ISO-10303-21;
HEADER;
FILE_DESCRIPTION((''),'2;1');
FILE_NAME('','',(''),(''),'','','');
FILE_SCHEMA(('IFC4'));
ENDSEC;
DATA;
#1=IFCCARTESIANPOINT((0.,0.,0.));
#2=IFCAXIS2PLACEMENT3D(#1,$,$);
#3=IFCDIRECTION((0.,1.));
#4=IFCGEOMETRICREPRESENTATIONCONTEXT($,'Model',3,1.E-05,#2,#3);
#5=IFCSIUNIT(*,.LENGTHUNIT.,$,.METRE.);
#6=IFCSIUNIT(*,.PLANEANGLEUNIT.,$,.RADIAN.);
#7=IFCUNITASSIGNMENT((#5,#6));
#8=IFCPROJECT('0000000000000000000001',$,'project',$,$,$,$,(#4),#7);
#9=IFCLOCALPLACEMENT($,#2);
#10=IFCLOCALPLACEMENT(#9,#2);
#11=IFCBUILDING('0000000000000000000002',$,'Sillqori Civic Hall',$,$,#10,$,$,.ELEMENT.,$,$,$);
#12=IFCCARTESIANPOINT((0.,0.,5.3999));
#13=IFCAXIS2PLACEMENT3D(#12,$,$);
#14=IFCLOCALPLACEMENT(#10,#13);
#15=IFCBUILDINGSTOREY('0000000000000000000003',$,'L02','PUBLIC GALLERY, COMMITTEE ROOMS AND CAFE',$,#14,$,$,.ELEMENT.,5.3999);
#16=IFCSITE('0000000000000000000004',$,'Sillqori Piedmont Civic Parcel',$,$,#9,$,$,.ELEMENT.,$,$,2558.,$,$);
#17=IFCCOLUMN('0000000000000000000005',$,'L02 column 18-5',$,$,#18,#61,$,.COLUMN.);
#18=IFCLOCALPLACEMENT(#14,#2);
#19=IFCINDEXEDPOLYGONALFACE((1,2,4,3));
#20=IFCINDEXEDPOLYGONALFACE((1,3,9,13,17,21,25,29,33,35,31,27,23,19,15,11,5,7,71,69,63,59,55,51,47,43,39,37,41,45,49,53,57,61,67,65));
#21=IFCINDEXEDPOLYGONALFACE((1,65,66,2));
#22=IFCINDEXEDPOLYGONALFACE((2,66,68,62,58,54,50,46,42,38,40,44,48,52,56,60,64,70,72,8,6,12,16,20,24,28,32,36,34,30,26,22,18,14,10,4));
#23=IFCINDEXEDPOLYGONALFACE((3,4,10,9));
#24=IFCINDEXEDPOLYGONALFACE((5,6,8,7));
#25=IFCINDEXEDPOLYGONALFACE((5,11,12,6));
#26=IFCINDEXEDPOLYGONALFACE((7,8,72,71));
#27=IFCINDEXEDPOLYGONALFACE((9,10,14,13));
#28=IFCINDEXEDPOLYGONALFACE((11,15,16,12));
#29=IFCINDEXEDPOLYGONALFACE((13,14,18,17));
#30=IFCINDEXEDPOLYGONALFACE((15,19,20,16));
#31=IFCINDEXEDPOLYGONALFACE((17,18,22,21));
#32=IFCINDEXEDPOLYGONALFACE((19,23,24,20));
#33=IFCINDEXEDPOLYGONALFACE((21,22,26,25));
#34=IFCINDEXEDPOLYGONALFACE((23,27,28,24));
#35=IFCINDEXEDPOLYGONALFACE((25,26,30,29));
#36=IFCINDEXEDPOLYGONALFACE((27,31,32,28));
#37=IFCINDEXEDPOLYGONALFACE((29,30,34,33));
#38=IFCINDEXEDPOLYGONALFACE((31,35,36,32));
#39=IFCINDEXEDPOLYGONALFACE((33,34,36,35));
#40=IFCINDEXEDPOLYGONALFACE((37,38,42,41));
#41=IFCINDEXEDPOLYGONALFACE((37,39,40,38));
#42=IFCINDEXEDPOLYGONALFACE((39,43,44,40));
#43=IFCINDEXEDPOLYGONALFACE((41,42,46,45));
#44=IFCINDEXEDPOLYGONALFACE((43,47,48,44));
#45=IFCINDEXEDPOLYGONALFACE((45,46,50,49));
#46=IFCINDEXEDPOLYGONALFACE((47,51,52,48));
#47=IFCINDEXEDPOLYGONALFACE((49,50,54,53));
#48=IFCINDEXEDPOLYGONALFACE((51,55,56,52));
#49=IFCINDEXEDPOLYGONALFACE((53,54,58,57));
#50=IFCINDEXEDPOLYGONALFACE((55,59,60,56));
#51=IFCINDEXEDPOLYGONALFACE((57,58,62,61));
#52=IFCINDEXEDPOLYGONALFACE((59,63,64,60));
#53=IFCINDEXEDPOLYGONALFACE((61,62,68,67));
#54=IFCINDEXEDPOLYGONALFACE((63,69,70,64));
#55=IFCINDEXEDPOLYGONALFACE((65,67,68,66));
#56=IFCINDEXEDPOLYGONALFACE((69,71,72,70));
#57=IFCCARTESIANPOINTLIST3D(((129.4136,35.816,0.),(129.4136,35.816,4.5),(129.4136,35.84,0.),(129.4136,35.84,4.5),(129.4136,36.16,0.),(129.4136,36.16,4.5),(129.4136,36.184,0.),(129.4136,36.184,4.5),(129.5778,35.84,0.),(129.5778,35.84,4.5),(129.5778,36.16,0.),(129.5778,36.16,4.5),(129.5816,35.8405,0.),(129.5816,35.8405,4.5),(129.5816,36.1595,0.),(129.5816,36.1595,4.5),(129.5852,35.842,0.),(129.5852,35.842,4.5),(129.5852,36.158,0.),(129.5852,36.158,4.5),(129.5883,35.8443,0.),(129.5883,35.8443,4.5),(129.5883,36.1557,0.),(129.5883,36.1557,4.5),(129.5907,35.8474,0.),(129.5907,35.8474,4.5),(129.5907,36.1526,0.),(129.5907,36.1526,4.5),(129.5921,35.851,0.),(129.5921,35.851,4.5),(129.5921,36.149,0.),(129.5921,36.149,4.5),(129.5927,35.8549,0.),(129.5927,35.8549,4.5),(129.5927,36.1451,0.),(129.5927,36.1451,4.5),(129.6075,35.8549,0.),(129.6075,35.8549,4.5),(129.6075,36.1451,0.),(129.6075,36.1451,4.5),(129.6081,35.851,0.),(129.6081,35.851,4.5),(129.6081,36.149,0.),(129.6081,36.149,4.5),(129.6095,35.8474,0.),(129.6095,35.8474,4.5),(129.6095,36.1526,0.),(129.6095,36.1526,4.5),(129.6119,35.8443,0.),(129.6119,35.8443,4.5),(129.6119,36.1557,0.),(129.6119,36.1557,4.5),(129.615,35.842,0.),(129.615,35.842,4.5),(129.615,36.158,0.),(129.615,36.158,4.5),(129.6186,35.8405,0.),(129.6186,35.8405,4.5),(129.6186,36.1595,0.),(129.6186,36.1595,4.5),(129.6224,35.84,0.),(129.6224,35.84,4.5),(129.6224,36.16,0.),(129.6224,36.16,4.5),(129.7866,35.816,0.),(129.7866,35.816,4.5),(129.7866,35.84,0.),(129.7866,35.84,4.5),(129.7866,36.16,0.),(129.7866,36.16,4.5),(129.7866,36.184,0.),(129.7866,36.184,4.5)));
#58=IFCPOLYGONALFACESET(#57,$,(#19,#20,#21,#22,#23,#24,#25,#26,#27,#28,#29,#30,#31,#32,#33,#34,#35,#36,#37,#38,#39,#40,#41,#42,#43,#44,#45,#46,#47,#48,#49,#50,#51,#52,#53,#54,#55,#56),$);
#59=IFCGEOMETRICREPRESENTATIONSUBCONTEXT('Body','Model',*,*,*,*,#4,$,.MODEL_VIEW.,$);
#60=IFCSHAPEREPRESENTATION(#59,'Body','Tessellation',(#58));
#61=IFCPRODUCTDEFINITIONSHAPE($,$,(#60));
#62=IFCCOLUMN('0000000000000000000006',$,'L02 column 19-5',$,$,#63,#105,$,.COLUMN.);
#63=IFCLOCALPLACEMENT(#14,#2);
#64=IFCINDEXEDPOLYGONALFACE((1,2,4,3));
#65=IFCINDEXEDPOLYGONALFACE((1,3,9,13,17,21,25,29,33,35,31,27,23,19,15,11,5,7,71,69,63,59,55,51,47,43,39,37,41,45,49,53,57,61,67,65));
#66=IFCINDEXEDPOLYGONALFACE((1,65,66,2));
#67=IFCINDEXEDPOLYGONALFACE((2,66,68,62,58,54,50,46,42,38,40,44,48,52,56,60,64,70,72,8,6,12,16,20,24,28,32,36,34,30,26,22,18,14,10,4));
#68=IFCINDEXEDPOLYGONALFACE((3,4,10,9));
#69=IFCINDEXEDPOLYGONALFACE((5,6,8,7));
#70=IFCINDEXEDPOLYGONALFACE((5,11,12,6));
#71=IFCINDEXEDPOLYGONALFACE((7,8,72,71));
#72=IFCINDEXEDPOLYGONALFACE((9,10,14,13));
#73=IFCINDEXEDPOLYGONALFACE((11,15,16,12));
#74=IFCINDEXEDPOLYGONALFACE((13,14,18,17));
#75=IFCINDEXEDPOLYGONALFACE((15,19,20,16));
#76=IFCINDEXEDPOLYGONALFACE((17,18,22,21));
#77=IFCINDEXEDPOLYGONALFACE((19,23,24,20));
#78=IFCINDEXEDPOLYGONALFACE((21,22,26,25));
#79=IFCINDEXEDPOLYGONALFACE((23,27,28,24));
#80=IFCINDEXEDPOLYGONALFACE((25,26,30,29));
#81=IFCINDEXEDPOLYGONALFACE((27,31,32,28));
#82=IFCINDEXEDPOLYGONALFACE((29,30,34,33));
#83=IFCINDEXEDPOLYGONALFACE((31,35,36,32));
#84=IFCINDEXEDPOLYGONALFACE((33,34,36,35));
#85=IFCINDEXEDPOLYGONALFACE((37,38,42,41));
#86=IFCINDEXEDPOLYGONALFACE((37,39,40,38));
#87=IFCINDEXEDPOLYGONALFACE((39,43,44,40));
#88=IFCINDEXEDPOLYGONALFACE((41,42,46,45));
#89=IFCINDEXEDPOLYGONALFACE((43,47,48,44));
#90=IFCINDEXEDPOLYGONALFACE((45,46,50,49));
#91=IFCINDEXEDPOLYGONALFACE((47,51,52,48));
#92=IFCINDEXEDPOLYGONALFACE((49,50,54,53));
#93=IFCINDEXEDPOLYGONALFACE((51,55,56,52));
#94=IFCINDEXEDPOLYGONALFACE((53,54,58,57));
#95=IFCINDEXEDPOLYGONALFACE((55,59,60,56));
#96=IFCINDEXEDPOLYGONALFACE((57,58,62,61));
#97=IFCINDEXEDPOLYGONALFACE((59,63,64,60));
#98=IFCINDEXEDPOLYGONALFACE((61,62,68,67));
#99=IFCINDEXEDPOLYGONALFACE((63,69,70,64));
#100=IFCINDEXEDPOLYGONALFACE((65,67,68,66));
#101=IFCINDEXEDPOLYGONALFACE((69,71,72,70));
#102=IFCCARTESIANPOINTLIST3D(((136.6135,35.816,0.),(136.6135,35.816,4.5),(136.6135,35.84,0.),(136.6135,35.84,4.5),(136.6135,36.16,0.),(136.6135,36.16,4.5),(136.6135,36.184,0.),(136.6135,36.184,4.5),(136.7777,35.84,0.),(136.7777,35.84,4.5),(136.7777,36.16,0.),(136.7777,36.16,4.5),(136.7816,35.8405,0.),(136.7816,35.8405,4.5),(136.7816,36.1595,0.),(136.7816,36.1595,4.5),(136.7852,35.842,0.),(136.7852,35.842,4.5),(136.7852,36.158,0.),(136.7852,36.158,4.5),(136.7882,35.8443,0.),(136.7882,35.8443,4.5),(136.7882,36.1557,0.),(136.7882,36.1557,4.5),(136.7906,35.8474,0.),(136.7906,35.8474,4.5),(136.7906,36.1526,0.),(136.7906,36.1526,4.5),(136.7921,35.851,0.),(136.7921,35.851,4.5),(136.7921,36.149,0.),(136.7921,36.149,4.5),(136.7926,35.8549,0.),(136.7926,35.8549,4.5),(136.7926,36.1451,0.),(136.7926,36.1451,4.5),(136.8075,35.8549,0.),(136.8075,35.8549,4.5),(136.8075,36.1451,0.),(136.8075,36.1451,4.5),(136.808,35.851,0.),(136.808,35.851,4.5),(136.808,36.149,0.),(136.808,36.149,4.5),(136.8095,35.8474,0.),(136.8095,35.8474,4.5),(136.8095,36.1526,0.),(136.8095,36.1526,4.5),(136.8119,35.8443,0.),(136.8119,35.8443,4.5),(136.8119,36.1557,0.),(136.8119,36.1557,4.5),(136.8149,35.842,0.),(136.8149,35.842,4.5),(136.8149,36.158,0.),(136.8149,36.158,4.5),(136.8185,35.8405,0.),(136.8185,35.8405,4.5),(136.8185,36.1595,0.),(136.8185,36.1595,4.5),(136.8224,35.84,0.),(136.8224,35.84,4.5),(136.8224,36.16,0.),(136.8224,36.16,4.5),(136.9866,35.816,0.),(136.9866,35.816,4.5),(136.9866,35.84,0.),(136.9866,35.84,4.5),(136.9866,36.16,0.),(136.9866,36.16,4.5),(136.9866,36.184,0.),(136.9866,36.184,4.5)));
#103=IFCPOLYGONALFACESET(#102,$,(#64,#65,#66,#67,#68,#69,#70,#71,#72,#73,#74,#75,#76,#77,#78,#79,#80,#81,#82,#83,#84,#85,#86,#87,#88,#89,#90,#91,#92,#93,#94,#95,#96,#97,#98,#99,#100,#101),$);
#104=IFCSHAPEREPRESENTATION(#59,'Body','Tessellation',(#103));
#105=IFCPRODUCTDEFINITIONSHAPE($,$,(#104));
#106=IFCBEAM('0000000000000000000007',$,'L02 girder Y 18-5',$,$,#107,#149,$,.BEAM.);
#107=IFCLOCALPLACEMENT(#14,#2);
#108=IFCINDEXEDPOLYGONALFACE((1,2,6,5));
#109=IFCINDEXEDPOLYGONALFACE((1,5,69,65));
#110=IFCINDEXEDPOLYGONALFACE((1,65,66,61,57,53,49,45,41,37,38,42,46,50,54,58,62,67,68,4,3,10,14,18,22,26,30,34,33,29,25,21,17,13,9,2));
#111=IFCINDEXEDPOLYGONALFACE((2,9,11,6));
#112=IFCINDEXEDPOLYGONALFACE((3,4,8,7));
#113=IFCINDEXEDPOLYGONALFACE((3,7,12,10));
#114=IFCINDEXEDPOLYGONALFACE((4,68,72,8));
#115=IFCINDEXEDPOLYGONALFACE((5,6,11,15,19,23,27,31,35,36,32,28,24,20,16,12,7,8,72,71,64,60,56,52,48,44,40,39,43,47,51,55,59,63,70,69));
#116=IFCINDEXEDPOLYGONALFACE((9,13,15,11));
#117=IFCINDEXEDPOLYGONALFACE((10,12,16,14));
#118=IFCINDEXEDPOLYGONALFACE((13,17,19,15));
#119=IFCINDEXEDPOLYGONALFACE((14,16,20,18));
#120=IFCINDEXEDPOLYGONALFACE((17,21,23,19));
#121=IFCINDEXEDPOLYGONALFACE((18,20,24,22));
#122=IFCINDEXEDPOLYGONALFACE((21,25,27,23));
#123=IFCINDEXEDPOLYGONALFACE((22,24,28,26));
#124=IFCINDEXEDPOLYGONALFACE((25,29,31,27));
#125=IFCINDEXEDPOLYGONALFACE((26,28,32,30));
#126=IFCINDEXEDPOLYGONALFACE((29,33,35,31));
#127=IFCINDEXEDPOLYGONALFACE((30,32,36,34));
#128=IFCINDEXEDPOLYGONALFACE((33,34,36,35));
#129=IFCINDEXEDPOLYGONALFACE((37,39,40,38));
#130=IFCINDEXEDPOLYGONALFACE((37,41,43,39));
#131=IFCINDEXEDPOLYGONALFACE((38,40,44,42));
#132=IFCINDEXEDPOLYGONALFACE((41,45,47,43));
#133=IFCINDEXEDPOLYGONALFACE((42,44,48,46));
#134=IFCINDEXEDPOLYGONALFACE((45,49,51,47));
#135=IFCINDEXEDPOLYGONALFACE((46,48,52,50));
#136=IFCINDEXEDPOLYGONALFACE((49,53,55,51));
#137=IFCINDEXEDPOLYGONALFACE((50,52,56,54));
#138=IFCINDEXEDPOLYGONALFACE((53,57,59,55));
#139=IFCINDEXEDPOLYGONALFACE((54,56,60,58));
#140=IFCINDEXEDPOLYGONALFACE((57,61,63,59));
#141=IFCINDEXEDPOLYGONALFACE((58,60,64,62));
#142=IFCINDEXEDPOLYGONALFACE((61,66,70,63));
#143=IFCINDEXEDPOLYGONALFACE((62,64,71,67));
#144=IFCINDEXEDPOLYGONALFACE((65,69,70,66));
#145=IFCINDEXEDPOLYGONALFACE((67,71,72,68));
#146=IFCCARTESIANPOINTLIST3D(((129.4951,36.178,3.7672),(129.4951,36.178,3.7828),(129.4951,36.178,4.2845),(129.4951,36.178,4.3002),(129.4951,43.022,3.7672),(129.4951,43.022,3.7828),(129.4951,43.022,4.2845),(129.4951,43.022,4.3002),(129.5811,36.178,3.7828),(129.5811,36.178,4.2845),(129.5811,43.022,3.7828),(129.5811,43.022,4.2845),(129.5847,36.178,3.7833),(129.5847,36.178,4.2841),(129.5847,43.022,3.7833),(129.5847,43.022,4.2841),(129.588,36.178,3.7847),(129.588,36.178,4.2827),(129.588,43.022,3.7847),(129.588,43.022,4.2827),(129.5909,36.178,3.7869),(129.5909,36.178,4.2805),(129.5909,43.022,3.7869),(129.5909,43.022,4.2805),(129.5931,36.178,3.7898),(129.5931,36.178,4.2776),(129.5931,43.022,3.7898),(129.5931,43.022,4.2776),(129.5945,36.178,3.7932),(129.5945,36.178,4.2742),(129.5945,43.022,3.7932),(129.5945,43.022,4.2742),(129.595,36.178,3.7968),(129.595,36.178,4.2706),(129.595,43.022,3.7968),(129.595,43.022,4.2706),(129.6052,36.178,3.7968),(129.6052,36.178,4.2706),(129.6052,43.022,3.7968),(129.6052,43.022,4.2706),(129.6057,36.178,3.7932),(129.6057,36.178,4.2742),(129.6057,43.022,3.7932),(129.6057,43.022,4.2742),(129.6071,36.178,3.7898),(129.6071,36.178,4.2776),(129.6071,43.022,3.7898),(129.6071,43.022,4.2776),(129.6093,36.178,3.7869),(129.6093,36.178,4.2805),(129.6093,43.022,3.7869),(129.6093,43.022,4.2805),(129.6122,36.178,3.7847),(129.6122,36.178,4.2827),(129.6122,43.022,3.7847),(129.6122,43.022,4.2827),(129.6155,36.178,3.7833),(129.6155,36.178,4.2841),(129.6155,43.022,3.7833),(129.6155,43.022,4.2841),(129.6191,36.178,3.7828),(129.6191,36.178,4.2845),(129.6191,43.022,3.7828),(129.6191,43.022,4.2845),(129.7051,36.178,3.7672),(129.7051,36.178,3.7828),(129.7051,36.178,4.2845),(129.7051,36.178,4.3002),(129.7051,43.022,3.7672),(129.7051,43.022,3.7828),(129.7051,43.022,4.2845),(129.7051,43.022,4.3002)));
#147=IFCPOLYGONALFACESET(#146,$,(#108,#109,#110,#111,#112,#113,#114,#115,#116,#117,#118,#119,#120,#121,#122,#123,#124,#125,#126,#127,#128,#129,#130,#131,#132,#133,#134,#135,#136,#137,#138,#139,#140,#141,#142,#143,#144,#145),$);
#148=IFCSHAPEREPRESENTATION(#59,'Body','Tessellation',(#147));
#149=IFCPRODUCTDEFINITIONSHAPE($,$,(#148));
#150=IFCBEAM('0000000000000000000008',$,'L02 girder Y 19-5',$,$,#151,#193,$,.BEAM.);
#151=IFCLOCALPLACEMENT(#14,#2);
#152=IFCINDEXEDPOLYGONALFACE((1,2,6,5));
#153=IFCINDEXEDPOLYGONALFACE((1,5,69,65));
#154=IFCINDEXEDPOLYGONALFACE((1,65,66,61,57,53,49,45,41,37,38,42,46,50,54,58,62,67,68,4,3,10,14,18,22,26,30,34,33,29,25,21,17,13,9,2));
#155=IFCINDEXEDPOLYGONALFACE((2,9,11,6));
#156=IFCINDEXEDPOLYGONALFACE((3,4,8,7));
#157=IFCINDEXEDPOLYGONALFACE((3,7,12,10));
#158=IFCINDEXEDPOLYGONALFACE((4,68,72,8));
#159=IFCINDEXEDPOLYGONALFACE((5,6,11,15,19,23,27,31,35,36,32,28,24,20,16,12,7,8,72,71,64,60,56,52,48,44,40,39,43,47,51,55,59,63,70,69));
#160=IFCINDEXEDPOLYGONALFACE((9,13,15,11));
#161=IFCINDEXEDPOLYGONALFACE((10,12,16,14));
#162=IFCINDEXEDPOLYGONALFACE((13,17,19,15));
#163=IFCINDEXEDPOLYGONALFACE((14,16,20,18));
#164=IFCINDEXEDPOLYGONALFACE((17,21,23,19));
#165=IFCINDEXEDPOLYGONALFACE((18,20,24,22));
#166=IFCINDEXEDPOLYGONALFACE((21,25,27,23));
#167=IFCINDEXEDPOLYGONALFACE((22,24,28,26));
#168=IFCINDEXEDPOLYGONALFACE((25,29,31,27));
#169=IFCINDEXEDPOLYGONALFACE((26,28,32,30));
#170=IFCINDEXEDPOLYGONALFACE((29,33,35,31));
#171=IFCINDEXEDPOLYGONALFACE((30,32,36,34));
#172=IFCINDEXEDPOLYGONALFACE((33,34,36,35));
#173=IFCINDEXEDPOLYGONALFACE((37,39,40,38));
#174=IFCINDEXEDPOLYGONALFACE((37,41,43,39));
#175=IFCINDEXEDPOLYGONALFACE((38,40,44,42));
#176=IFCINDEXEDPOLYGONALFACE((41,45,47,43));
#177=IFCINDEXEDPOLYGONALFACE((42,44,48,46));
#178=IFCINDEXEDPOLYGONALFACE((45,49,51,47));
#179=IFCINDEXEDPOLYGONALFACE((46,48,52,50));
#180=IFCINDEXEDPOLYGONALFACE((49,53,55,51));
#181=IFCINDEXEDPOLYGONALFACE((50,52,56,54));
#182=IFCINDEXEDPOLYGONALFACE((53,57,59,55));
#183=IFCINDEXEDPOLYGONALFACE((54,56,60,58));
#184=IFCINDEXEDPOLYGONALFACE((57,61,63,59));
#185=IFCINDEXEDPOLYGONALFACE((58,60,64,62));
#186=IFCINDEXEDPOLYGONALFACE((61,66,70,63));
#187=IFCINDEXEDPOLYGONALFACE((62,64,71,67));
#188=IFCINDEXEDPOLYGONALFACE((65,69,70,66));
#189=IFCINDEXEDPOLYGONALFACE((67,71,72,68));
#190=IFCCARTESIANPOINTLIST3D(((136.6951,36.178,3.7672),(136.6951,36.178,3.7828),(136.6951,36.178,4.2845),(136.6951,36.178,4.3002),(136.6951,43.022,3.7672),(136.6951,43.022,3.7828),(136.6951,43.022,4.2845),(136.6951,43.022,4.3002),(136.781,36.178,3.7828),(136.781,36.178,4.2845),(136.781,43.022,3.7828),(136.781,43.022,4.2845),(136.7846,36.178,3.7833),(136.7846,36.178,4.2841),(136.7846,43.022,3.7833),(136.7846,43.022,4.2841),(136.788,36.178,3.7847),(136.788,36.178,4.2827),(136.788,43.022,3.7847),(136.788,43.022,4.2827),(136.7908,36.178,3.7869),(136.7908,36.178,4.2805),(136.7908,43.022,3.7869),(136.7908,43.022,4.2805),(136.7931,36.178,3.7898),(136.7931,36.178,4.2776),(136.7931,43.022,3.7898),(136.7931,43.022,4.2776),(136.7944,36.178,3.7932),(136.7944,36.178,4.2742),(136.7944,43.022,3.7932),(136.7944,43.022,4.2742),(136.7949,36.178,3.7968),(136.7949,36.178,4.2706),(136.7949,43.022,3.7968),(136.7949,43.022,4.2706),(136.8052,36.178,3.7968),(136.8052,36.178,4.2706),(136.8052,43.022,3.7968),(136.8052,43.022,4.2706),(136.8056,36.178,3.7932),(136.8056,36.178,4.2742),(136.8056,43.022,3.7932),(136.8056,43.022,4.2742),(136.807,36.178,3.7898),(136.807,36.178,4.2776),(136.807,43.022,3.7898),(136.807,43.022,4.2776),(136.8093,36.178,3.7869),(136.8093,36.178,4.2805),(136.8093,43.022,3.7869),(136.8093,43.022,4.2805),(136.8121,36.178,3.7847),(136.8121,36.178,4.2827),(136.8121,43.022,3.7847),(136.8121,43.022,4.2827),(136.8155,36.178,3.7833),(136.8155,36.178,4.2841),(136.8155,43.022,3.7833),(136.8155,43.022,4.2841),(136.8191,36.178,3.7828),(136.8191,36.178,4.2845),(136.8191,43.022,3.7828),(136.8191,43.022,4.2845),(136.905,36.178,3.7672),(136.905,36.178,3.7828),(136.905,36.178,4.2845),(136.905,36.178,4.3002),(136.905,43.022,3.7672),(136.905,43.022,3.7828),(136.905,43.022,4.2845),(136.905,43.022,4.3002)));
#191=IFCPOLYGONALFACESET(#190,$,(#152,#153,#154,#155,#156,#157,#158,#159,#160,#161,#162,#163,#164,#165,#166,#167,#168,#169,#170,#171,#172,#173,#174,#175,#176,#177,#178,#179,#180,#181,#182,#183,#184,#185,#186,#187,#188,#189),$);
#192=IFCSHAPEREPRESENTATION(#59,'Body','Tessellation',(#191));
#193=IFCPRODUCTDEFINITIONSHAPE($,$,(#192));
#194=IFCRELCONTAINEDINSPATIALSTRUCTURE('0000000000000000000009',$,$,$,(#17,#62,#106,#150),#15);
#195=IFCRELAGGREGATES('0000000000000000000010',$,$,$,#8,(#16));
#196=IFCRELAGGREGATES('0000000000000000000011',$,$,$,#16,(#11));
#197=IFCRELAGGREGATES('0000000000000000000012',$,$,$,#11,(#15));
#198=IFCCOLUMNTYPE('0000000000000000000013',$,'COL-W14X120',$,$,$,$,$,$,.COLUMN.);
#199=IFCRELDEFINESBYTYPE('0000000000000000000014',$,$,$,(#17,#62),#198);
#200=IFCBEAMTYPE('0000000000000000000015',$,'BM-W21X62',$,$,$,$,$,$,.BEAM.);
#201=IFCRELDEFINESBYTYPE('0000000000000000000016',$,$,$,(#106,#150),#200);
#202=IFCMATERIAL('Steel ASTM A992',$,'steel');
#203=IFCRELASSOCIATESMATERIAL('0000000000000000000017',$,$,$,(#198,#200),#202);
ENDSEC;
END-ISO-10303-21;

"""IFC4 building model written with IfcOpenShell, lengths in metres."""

from ifc_helpers import new_model, si_unit, direction, frame, origin, origin_2d, place, context, subcontext, project, spatial, i_section, extrude, material, material_profile, profile_set, type_object, element, save


model = new_model("IFC4")

# Units and contexts
model_context = context("Model", 3, precision=1e-05, world=origin(), true_north=direction((0.0, 1.0)))
body_context = subcontext(model_context, "Body", "Model", "MODEL_VIEW")
ifc_project = project(units=[si_unit("LENGTHUNIT", "METRE"), si_unit("PLANEANGLEUNIT", "RADIAN")], contexts=[model_context])

# Site, building, storey
site_placement = place(None, origin())
site = spatial("IfcSite", under=ifc_project, at=site_placement, Name="Sillqori Piedmont Civic Parcel", CompositionType="ELEMENT", RefElevation=2558.0)
building_placement = place(site_placement, origin())
building = spatial("IfcBuilding", under=site, at=building_placement, Name="Sillqori Civic Hall", CompositionType="ELEMENT")
storey_placement = place(building_placement, frame((0.0, 0.0, 5.3999)))
storey = spatial("IfcBuildingStorey", under=building, at=storey_placement, Name="L02", Description="PUBLIC GALLERY, COMMITTEE ROOMS AND CAFE", CompositionType="ELEMENT", Elevation=5.3999)

# Columns
ifc_material_1 = material(Name="Steel ASTM A992", Category="steel")
ifc_material_profile_1 = material_profile(ifc_material_1, i_section(OverallWidth=0.373, OverallDepth=0.3679, WebThickness=0.0149, FlangeThickness=0.0239, FilletRadius=0.0149, at=origin_2d()), Name="W14X120")
ifc_profile_set_1 = profile_set([ifc_material_profile_1], Name="Steel ASTM A992")
column_type = type_object("IfcColumnType", Name="COL-W14X120", PredefinedType="COLUMN", material=ifc_profile_set_1)
for number, where, z_axis, x_axis, name in (
    (1, (129.6001, 36.0, 0.0), (0.0, 0.0, 1.0), (1.0, 0.0, 0.0), "L02 column 18-5"),
    (2, (136.8, 36.0, 0.0), (0.0, 0.0, 1.0), (1.0, 0.0, 0.0), "L02 column 19-5"),
):
    element("IfcColumn", number, at=place(storey_placement, frame(where, z_axis=z_axis, x_axis=x_axis)), inside=storey, type_object=column_type, Name=name, PredefinedType="COLUMN", context=body_context, shape_type="SweptSolid", body=[
        extrude(i_section(OverallWidth=0.373, OverallDepth=0.3679, WebThickness=0.0149, FlangeThickness=0.0239, FilletRadius=0.0149, at=origin_2d()), origin(), (0.0, 0.0, 1.0), 4.5),
    ])

# Beams
ifc_material_profile_2 = material_profile(ifc_material_1, i_section(OverallWidth=0.21, OverallDepth=0.533, WebThickness=0.0103, FlangeThickness=0.0156, FilletRadius=0.0139, at=origin_2d()), Name="W21X62")
ifc_profile_set_2 = profile_set([ifc_material_profile_2], Name="Steel ASTM A992")
beam_type_1 = type_object("IfcBeamType", Name="BM-W21X62", PredefinedType="BEAM", material=ifc_profile_set_2)
for number, where, z_axis, x_axis, name in (
    (3, (129.6001, 36.178, 4.0337), (0.0, 1.0, 0.0), (-1.0, 0.0, 0.0), "L02 girder Y 18-5"),
    (4, (136.8, 36.178, 4.0337), (0.0, 1.0, 0.0), (-1.0, 0.0, 0.0), "L02 girder Y 19-5"),
):
    element("IfcBeam", number, at=place(storey_placement, frame(where, z_axis=z_axis, x_axis=x_axis)), inside=storey, type_object=beam_type_1, Name=name, PredefinedType="BEAM", context=body_context, shape_type="SweptSolid", body=[
        extrude(i_section(OverallWidth=0.21, OverallDepth=0.533, WebThickness=0.0103, FlangeThickness=0.0156, FilletRadius=0.0139, at=origin_2d()), origin(), (0.0, 0.0, 1.0), 6.844),
    ])

save(model, "model.ifc")
